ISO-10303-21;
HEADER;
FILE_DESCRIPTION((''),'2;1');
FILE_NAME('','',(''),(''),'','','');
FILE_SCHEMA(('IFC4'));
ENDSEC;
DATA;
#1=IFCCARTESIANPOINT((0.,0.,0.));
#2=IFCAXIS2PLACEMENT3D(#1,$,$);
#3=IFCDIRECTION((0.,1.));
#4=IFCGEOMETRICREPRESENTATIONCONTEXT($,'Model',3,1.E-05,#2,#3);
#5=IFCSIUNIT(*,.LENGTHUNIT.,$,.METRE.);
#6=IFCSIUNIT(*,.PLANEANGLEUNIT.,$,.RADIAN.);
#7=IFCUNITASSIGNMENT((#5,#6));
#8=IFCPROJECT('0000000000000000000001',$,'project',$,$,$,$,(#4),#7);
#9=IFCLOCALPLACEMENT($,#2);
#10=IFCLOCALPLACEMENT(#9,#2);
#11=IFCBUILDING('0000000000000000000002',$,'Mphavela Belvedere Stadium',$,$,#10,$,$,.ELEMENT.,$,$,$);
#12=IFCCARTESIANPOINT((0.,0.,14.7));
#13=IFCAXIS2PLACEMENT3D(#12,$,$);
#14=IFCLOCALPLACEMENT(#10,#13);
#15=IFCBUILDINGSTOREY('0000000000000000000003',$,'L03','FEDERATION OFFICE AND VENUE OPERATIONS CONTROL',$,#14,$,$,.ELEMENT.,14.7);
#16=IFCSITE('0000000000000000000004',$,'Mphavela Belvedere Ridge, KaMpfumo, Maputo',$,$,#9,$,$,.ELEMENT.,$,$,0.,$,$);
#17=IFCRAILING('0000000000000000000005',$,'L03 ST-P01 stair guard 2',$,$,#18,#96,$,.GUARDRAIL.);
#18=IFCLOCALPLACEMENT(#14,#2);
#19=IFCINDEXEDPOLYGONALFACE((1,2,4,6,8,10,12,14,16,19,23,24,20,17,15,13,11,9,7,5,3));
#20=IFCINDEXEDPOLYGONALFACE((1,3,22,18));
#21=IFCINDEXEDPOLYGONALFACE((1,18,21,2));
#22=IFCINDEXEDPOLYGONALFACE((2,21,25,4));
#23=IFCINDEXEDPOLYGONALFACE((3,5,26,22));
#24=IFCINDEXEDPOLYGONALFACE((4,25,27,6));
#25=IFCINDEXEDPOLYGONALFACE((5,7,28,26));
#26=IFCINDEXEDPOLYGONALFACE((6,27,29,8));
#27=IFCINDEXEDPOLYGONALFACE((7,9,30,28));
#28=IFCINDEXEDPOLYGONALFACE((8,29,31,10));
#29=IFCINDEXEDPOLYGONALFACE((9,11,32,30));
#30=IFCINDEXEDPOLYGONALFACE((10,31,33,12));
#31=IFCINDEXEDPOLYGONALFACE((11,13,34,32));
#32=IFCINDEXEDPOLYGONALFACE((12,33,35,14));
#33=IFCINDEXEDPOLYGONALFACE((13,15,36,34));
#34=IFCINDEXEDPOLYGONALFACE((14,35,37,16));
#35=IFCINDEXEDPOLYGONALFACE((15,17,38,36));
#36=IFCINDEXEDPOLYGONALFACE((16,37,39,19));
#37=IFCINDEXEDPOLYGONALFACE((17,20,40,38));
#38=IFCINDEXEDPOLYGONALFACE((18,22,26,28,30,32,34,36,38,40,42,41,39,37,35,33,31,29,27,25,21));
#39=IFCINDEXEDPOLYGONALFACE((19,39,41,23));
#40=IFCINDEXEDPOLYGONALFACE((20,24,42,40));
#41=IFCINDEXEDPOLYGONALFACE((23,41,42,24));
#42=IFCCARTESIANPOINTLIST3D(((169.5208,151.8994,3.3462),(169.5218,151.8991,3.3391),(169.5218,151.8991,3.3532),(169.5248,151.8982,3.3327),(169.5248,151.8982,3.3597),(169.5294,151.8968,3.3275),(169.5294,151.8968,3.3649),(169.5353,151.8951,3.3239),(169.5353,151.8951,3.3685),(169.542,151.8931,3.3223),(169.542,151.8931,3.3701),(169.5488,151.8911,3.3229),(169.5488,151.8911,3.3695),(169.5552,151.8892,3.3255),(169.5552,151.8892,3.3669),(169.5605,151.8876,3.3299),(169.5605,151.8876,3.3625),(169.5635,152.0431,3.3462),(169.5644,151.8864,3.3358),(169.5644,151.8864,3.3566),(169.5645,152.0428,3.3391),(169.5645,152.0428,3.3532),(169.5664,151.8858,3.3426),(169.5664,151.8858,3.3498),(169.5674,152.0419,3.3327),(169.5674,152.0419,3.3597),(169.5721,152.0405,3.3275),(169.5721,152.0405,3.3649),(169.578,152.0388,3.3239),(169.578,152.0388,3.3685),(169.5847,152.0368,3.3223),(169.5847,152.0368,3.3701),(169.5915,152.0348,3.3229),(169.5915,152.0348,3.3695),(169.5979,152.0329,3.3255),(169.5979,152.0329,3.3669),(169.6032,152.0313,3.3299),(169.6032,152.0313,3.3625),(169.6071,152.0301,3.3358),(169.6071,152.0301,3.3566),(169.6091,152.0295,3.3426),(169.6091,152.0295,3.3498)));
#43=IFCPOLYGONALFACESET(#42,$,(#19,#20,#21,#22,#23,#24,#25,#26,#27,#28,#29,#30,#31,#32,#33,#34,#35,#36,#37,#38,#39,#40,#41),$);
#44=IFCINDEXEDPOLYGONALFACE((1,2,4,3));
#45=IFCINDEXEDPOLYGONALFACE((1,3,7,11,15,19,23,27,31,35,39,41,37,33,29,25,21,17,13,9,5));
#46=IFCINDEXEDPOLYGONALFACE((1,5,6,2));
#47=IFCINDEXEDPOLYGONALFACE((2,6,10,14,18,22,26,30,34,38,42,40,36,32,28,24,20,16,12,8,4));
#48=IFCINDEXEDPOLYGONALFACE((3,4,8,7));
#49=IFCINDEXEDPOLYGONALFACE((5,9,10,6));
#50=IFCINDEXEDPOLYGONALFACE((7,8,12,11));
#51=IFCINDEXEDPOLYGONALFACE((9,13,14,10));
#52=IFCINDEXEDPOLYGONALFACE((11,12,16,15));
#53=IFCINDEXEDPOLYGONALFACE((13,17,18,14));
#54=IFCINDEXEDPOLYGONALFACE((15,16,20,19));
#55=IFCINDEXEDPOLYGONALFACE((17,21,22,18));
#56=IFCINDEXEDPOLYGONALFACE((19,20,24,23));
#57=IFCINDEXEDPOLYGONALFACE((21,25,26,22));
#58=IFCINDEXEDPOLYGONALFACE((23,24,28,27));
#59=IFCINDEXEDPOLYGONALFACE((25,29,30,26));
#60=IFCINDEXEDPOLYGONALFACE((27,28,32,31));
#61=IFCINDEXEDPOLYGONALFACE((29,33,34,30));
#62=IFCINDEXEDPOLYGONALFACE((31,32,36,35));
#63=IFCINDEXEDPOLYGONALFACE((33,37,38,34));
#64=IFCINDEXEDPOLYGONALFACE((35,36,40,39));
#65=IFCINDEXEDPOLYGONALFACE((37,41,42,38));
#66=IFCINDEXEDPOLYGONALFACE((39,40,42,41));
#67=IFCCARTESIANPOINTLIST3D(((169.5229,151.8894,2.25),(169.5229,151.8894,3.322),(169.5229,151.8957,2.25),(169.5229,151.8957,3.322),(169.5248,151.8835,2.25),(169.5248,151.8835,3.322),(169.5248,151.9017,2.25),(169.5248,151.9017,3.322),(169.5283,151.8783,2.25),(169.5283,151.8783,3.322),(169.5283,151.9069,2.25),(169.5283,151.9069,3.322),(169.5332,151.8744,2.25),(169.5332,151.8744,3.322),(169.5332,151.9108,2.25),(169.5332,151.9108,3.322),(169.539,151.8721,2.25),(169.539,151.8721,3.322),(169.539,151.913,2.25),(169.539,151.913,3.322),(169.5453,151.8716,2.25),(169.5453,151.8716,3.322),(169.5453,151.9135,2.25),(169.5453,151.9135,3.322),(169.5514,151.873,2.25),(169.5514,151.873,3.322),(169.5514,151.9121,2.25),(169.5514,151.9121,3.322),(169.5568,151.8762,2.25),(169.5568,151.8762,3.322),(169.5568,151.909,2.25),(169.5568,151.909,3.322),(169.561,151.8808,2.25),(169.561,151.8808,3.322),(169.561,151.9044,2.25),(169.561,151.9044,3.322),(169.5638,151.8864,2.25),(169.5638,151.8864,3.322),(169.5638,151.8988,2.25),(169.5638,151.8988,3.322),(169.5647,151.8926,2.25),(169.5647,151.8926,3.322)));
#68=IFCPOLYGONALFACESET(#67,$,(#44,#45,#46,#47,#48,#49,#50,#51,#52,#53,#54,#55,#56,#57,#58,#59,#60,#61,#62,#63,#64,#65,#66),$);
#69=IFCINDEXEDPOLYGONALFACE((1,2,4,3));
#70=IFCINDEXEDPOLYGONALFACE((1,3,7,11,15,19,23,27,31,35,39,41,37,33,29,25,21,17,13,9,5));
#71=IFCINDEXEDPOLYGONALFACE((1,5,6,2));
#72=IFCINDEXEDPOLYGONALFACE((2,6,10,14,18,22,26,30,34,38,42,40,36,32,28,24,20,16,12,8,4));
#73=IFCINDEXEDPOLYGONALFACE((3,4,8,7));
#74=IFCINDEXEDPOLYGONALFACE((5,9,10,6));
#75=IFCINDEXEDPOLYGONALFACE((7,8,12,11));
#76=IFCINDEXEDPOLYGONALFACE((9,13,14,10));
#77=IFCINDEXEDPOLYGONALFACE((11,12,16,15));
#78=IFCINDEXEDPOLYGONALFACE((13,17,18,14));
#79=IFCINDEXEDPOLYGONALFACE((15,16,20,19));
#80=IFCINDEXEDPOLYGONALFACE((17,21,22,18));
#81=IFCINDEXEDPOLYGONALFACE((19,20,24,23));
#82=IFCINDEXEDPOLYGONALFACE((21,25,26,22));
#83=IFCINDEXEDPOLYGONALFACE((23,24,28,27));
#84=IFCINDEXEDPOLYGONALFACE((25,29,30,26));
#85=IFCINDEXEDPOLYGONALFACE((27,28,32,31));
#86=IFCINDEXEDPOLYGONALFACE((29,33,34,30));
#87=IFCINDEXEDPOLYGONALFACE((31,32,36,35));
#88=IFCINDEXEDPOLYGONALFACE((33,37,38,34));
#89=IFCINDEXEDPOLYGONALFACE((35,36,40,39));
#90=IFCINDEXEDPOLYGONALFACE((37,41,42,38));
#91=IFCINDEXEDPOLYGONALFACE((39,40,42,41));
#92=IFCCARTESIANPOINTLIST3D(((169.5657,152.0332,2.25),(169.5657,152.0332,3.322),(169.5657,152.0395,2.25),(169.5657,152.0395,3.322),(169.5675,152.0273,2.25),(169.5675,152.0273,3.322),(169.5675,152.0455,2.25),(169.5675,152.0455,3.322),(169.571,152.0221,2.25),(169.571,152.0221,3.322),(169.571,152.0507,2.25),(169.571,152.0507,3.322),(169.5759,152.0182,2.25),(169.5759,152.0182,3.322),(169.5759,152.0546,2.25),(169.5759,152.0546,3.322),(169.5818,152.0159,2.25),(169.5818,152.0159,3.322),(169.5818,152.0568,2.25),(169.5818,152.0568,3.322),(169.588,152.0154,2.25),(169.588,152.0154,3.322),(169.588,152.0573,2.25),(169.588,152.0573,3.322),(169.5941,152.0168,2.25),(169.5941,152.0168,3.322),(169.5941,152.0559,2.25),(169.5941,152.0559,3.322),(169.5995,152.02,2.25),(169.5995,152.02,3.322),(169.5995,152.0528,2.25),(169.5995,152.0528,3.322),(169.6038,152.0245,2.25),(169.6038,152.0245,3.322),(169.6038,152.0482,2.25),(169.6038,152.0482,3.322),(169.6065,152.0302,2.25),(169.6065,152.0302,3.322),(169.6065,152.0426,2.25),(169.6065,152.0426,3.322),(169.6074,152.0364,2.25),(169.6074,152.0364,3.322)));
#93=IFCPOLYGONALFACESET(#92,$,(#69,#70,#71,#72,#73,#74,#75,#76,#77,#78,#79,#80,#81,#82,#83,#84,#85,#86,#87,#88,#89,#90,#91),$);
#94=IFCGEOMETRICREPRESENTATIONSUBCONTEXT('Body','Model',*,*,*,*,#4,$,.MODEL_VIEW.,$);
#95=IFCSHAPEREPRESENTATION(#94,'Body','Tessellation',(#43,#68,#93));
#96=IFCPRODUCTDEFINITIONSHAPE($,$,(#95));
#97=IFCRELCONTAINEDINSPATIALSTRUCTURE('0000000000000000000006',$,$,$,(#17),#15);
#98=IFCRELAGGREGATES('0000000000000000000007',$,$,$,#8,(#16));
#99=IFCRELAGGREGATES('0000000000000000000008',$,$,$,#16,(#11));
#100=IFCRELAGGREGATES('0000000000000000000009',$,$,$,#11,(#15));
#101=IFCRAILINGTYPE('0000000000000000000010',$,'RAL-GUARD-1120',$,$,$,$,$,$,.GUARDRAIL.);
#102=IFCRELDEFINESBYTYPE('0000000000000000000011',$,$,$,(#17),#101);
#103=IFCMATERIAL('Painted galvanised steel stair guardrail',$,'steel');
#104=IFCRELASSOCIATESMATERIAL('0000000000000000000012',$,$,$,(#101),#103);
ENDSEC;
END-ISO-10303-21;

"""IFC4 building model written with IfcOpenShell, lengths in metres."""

from ifc_helpers import new_model, si_unit, direction, frame, origin, origin_2d, place, context, subcontext, project, spatial, circle, extrude, material, type_object, element, save


model = new_model("IFC4")

# Units and contexts
model_context = context("Model", 3, precision=1e-05, world=origin(), true_north=direction((0.0, 1.0)))
body_context = subcontext(model_context, "Body", "Model", "MODEL_VIEW")
ifc_project = project(units=[si_unit("LENGTHUNIT", "METRE"), si_unit("PLANEANGLEUNIT", "RADIAN")], contexts=[model_context])

# Site, building, storey
site_placement = place(None, origin())
site = spatial("IfcSite", under=ifc_project, at=site_placement, Name="Mphavela Belvedere Ridge, KaMpfumo, Maputo", CompositionType="ELEMENT", RefElevation=0.0)
building_placement = place(site_placement, origin())
building = spatial("IfcBuilding", under=site, at=building_placement, Name="Mphavela Belvedere Stadium", CompositionType="ELEMENT")
storey_placement = place(building_placement, frame((0.0, 0.0, 14.7)))
storey = spatial("IfcBuildingStorey", under=building, at=storey_placement, Name="L03", Description="FEDERATION OFFICE AND VENUE OPERATIONS CONTROL", CompositionType="ELEMENT", Elevation=14.7)

# Railing
ifc_material_1 = material(Name="Painted galvanised steel stair guardrail", Category="steel")
railing_type_1 = type_object("IfcRailingType", Name="RAL-GUARD-1120", PredefinedType="GUARDRAIL", material=ifc_material_1)
railing_1_placement = place(storey_placement, frame((169.5437, 151.8926, 2.25)))
element("IfcRailing", 1, at=railing_1_placement, inside=storey, type_object=railing_type_1, Name="L03 ST-P01 stair guard 2", PredefinedType="GUARDRAIL", context=body_context, shape_type="SweptSolid", body=[
    extrude(circle(Radius=0.0239, at=origin_2d()), frame((0.0, 0.0, 1.0962), z_axis=(0.284809, 0.958584, 0.0), x_axis=(-0.958584, 0.284809, 0.0)), (0.0, 0.0, 1.0), 0.1499),
    extrude(circle(Radius=0.021, at=origin_2d()), origin(), (0.0, 0.0, 1.0), 1.072),
    extrude(circle(Radius=0.021, at=origin_2d()), frame((0.0427, 0.1438, 0.0)), (0.0, 0.0, 1.0), 1.072),
])

save(model, "model.ifc")
